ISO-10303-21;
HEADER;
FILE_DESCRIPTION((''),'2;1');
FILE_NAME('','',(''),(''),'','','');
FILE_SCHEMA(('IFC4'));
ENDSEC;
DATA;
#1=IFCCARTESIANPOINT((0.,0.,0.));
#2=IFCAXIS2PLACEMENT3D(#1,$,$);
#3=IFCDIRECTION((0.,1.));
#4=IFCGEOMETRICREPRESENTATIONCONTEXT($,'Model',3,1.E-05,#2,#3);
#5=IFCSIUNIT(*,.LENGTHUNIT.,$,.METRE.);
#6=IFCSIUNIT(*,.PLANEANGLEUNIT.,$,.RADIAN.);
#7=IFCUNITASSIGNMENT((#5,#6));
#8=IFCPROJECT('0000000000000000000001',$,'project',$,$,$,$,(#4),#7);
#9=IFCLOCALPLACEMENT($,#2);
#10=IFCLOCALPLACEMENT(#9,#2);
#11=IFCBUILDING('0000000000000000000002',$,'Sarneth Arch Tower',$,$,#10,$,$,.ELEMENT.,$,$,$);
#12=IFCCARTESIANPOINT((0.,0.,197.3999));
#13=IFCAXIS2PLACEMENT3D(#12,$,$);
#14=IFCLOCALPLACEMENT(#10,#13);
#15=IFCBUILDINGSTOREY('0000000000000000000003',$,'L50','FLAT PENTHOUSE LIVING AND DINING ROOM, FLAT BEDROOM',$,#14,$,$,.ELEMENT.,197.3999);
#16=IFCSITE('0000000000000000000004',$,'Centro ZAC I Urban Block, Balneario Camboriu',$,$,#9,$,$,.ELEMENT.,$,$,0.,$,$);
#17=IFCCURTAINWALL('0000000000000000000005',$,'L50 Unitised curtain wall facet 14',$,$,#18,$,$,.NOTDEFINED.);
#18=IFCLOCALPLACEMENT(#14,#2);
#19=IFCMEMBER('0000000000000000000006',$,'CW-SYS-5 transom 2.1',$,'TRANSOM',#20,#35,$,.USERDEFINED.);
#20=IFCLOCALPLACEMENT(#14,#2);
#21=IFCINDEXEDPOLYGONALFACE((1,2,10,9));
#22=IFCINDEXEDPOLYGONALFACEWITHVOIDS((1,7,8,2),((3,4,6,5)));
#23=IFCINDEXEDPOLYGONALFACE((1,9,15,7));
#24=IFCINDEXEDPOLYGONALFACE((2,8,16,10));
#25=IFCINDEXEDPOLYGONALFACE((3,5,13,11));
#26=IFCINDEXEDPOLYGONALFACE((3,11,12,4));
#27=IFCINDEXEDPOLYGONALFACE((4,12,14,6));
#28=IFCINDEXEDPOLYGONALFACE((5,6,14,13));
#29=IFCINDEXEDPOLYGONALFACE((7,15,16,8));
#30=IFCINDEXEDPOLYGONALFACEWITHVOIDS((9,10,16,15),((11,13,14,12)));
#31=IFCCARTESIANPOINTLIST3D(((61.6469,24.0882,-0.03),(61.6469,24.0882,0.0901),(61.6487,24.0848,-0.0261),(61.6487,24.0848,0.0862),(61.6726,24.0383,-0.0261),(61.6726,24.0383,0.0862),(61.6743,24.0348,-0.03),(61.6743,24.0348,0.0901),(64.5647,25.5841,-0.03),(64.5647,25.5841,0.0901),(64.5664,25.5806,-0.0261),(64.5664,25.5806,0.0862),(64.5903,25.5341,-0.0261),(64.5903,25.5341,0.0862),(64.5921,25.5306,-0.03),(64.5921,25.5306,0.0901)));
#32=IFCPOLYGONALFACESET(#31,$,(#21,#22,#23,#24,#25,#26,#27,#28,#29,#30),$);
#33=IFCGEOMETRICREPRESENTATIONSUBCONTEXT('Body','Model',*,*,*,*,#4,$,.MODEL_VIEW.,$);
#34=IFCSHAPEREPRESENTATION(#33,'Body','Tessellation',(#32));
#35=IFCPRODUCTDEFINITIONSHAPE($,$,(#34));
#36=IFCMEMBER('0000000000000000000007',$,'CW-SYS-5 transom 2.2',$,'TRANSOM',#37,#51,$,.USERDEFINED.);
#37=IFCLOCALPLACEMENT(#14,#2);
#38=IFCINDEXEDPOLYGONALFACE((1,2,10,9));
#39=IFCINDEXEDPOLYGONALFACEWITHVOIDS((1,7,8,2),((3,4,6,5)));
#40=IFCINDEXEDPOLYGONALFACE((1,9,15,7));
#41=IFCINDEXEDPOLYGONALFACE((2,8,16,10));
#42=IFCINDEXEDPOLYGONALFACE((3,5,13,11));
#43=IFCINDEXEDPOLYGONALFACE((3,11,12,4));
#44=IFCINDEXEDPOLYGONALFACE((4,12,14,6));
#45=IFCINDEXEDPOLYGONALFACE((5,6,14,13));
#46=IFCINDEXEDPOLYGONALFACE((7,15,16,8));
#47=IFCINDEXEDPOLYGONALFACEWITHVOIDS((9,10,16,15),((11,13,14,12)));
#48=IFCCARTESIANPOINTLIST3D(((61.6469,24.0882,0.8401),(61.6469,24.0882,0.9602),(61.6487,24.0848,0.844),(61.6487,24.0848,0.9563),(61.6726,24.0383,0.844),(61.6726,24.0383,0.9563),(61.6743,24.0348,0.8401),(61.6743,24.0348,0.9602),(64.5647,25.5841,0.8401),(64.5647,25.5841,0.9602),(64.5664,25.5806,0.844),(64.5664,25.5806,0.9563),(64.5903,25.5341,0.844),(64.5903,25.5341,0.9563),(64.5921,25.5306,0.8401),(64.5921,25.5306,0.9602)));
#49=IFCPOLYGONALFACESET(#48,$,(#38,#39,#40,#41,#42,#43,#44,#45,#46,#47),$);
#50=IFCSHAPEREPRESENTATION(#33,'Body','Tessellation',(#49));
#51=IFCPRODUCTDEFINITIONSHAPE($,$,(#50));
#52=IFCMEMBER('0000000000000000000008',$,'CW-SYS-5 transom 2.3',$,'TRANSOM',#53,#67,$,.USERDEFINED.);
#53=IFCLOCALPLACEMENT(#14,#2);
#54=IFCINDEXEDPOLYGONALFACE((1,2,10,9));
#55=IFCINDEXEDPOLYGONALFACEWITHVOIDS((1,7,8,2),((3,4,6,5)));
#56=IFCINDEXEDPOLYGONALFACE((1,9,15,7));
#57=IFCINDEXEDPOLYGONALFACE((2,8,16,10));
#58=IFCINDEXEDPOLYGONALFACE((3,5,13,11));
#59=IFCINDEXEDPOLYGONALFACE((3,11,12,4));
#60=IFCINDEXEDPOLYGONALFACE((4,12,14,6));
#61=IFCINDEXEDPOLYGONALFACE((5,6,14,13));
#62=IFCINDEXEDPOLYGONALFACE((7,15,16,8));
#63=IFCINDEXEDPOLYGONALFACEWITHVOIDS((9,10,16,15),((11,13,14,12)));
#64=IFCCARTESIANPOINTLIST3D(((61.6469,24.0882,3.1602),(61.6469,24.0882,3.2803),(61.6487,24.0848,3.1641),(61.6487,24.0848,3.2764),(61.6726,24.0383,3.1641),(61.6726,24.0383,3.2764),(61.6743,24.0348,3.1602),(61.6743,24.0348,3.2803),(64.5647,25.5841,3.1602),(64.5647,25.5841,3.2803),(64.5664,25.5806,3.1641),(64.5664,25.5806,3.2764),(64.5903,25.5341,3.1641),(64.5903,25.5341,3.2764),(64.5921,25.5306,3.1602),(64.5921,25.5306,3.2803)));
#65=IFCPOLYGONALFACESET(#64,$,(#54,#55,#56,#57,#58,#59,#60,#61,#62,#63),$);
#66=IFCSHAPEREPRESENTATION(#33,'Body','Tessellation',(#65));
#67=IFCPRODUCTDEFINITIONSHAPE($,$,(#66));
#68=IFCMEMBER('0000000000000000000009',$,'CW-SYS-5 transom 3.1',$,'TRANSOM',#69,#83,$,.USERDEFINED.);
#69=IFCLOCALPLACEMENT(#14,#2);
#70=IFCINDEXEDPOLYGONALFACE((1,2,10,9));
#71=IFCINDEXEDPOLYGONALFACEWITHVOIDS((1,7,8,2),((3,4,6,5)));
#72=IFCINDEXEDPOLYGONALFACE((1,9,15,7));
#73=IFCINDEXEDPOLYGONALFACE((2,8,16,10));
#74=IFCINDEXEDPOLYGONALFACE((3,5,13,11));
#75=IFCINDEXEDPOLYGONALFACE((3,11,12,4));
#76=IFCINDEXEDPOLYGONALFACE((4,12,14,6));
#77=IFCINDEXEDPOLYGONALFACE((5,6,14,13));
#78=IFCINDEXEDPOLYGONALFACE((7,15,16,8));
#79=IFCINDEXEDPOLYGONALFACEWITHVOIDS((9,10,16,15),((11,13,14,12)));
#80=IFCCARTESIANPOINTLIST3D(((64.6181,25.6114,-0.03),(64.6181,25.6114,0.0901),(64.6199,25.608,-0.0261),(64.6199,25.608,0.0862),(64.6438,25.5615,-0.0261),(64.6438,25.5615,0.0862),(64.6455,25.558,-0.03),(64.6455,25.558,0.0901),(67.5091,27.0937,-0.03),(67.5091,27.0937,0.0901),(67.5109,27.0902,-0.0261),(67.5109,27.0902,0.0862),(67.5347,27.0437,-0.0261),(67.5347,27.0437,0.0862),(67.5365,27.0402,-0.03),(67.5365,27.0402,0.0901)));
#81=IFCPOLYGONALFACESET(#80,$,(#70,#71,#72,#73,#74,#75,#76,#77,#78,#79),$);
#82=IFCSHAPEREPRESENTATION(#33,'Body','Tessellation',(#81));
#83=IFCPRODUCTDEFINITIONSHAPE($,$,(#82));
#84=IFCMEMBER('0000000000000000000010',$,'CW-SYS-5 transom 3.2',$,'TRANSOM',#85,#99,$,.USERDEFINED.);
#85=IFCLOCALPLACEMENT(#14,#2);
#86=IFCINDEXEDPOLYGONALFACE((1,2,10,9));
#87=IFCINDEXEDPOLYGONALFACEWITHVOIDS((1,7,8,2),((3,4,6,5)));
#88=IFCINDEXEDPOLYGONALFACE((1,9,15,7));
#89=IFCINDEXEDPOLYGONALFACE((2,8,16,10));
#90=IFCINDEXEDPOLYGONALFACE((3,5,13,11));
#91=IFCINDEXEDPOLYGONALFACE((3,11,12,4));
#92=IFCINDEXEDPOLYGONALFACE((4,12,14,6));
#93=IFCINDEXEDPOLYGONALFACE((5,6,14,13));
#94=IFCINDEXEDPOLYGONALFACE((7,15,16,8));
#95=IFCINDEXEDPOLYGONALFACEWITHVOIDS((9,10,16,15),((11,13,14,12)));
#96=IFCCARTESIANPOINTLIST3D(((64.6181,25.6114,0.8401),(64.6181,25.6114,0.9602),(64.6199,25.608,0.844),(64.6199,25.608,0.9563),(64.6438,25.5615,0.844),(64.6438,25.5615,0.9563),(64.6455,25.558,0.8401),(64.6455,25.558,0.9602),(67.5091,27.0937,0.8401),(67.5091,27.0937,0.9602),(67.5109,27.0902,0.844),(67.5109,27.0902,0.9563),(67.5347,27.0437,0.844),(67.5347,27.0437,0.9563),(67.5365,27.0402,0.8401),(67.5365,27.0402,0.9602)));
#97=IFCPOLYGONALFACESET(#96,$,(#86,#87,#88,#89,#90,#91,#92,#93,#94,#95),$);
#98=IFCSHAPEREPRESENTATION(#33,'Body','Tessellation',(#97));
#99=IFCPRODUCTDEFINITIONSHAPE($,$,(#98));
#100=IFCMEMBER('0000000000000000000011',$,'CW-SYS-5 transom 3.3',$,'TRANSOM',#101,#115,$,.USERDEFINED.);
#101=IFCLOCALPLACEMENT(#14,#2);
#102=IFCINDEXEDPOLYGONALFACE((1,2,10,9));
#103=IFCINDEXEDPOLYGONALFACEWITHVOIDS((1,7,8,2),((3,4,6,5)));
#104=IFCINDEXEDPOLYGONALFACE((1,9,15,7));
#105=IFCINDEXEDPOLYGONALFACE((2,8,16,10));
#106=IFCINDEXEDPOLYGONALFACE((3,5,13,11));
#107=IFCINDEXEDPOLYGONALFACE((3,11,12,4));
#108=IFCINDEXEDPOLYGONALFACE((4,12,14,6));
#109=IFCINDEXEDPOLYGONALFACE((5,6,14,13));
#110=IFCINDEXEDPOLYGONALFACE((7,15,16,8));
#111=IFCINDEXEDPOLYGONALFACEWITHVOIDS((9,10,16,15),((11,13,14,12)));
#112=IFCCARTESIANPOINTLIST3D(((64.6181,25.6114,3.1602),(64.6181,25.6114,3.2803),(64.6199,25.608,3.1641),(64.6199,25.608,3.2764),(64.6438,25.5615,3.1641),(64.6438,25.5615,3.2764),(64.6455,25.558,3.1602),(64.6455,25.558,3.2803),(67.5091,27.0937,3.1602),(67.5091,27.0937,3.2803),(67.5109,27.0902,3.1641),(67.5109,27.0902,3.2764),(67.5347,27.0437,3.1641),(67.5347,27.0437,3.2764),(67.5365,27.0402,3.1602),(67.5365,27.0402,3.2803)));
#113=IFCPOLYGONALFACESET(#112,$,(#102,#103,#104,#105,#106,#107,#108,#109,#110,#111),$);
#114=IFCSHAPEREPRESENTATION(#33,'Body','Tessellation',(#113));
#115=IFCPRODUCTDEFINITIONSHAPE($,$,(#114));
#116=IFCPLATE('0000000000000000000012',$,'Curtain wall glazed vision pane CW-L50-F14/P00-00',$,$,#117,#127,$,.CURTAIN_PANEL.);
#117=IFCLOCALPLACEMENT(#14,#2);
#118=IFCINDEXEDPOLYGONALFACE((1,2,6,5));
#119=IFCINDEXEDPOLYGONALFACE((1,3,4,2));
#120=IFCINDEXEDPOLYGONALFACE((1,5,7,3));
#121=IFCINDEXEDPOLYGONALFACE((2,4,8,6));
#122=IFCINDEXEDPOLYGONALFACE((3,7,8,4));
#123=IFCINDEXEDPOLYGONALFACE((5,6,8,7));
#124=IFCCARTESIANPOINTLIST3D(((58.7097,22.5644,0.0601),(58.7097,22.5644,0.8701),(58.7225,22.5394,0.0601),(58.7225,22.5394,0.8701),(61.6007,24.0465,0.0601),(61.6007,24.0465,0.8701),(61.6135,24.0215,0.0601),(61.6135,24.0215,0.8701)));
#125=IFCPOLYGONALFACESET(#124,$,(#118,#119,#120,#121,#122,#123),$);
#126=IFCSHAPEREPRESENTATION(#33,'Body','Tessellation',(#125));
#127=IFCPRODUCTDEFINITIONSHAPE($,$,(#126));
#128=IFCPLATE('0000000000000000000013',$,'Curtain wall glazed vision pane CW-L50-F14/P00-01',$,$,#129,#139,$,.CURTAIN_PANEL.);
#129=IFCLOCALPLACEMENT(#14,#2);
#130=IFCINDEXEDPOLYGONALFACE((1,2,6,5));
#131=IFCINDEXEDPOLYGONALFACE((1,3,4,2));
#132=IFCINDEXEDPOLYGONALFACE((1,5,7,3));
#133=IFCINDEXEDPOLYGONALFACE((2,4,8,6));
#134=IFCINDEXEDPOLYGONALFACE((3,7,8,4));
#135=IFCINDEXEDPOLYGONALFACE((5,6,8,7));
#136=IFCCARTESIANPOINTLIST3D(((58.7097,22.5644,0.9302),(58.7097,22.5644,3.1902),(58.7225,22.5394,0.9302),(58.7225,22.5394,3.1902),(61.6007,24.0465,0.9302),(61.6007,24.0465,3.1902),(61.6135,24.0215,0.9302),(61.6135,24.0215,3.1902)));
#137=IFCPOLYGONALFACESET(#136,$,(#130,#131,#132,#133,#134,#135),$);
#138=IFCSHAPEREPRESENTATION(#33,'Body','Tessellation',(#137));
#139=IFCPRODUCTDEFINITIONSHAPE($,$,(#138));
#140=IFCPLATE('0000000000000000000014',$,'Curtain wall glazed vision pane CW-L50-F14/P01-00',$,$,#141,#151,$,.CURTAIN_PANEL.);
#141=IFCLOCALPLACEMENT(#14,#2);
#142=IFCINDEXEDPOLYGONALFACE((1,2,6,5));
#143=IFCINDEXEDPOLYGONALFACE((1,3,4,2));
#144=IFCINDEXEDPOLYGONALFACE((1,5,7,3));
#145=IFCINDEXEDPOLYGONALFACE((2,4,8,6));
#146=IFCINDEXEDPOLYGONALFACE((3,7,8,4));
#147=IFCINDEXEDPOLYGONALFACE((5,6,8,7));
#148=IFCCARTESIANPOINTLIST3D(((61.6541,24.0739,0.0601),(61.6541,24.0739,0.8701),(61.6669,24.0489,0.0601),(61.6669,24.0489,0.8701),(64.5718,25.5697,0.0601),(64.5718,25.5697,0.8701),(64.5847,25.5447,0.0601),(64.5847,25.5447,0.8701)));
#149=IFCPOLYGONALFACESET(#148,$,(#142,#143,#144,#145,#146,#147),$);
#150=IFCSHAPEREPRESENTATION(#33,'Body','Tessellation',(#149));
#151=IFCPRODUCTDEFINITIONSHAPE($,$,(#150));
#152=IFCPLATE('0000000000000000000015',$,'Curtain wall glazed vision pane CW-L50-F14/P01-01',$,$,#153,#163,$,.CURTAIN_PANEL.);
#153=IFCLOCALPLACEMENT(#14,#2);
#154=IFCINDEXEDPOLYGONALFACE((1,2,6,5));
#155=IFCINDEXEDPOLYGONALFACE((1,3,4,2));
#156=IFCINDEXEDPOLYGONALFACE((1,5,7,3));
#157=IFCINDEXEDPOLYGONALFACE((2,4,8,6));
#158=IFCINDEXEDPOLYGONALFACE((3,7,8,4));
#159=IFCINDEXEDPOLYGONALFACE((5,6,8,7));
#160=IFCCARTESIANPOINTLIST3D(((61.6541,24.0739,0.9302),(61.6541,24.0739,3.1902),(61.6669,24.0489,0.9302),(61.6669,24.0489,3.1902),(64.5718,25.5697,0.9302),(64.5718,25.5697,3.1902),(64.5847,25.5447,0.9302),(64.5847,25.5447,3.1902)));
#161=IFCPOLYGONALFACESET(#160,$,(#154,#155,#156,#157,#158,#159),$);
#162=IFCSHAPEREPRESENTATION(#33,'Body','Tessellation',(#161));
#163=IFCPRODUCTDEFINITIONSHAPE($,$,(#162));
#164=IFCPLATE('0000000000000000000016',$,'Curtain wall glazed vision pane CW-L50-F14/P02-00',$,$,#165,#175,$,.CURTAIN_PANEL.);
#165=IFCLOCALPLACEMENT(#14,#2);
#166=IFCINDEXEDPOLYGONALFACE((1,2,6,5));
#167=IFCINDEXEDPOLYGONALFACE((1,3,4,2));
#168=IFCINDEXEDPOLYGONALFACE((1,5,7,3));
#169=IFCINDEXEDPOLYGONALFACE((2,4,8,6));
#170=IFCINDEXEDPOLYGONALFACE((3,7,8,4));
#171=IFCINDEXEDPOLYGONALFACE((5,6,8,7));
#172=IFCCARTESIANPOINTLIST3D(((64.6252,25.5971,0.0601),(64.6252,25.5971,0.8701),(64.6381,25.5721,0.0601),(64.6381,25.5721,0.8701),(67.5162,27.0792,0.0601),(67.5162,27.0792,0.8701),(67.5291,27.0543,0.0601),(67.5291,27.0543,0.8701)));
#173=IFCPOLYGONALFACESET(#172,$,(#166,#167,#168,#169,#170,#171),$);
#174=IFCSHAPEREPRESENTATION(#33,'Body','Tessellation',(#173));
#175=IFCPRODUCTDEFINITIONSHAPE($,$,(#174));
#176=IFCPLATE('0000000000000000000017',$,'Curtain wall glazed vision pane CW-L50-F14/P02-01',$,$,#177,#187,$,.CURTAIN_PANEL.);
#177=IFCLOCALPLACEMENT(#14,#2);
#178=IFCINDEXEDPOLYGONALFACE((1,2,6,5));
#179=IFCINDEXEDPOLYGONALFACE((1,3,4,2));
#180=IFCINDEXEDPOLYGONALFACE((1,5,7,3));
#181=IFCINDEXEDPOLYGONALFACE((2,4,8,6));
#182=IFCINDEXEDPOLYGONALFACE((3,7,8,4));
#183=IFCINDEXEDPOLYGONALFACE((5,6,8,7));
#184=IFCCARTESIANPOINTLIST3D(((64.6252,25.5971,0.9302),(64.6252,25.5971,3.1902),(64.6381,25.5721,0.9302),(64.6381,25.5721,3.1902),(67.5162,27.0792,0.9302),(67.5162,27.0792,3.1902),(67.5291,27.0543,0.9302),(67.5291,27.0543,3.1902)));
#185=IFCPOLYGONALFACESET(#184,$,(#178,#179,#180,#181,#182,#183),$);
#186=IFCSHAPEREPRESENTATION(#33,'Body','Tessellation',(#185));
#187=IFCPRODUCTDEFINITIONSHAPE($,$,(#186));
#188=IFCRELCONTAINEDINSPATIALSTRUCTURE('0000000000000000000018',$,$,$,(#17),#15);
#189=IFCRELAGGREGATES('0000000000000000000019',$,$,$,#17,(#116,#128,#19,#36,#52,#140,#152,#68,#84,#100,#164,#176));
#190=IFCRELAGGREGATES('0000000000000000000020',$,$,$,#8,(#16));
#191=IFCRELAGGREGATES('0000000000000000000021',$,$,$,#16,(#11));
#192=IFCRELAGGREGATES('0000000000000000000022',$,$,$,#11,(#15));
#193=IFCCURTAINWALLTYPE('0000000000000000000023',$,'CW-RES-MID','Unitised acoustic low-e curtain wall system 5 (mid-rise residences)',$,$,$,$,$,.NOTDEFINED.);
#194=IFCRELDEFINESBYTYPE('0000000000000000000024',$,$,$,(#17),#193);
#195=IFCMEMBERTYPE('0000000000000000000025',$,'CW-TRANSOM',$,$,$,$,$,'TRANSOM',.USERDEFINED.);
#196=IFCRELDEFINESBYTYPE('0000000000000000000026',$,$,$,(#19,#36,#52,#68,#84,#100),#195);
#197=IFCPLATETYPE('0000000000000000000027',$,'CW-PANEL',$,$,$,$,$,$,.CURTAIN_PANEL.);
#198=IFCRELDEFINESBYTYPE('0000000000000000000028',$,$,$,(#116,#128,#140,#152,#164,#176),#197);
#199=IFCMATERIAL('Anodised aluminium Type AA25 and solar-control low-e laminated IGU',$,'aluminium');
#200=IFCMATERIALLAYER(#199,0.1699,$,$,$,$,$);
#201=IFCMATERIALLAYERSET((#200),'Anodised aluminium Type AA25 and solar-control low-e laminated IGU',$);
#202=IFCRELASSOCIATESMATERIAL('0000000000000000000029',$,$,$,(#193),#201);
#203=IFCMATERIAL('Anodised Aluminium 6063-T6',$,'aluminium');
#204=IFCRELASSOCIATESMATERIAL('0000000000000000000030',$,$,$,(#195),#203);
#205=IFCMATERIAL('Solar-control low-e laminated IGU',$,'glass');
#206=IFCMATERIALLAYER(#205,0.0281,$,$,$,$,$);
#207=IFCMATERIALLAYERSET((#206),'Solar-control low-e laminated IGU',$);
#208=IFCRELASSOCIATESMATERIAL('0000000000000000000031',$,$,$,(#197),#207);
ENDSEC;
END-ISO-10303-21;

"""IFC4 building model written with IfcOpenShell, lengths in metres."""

from ifc_helpers import new_model, si_unit, direction, frame, origin, origin_2d, place, context, subcontext, project, spatial, rectangle, hollow_rectangle, extrude, material, layer, layer_set, material_profile, profile_set, type_object, element, aggregate, save


model = new_model("IFC4")

# Units and contexts
model_context = context("Model", 3, precision=1e-05, world=origin(), true_north=direction((0.0, 1.0)))
body_context = subcontext(model_context, "Body", "Model", "MODEL_VIEW")
ifc_project = project(units=[si_unit("LENGTHUNIT", "METRE"), si_unit("PLANEANGLEUNIT", "RADIAN")], contexts=[model_context])

# Site, building, storey
site_placement = place(None, origin())
site = spatial("IfcSite", under=ifc_project, at=site_placement, Name="Centro ZAC I Urban Block, Balneario Camboriu", CompositionType="ELEMENT", RefElevation=0.0)
building_placement = place(site_placement, origin())
building = spatial("IfcBuilding", under=site, at=building_placement, Name="Sarneth Arch Tower", CompositionType="ELEMENT")
storey_placement = place(building_placement, frame((0.0, 0.0, 197.3999)))
storey = spatial("IfcBuildingStorey", under=building, at=storey_placement, Name="L50", Description="FLAT PENTHOUSE LIVING AND DINING ROOM, FLAT BEDROOM", CompositionType="ELEMENT", Elevation=197.3999)

# Curtain wall, members, plates
ifc_material_1 = material(Name="Anodised aluminium Type AA25 and solar-control low-e laminated IGU", Category="aluminium")
ifc_layer_1 = layer(ifc_material_1, 0.1699)
ifc_layer_set_1 = layer_set([ifc_layer_1], Name="Anodised aluminium Type AA25 and solar-control low-e laminated IGU")
curtain_wall_type = type_object("IfcCurtainWallType", Name="CW-RES-MID", Description="Unitised acoustic low-e curtain wall system 5 (mid-rise residences)", PredefinedType="NOTDEFINED", material=ifc_layer_set_1)
curtain_wall_placement = place(storey_placement, origin())
curtain_wall = element("IfcCurtainWall", 1, at=curtain_wall_placement, inside=storey, type_object=curtain_wall_type, Name="L50 Unitised curtain wall facet 14", PredefinedType="NOTDEFINED")
ifc_material_2 = material(Name="Anodised Aluminium 6063-T6", Category="aluminium")
ifc_material_profile_1 = material_profile(ifc_material_2, hollow_rectangle(XDim=0.0601, YDim=0.1201, WallThickness=0.0039, at=origin_2d()), Name="AL-TRAN-120x60x4")
ifc_profile_set_1 = profile_set([ifc_material_profile_1], Name="Anodised Aluminium 6063-T6")
member_type_1 = type_object("IfcMemberType", Name="CW-TRANSOM", ElementType="TRANSOM", PredefinedType="USERDEFINED", material=ifc_profile_set_1)
member_1_placement = place(storey_placement, frame((61.6606, 24.0615, 0.03), z_axis=(0.889869, 0.456215, 0.0), x_axis=(-0.456215, 0.889869, 0.0)))
member_1 = element("IfcMember", 2, at=member_1_placement, type_object=member_type_1, Name="CW-SYS-5 transom 2.1", ObjectType="TRANSOM", PredefinedType="USERDEFINED", context=body_context, shape_type="SweptSolid", body=[
    extrude(hollow_rectangle(XDim=0.0601, YDim=0.1201, WallThickness=0.0039, at=origin_2d()), origin(), (0.0, 0.0, 1.0), 3.2788),
])
member_2_placement = place(storey_placement, frame((61.6606, 24.0615, 0.9001), z_axis=(0.889869, 0.456215, 0.0), x_axis=(-0.456215, 0.889869, 0.0)))
member_2 = element("IfcMember", 3, at=member_2_placement, type_object=member_type_1, Name="CW-SYS-5 transom 2.2", ObjectType="TRANSOM", PredefinedType="USERDEFINED", context=body_context, shape_type="SweptSolid", body=[
    extrude(hollow_rectangle(XDim=0.0601, YDim=0.1201, WallThickness=0.0039, at=origin_2d()), origin(), (0.0, 0.0, 1.0), 3.2788),
])
member_3_placement = place(storey_placement, frame((61.6606, 24.0615, 3.2202), z_axis=(0.889869, 0.456215, 0.0), x_axis=(-0.456215, 0.889869, 0.0)))
member_3 = element("IfcMember", 4, at=member_3_placement, type_object=member_type_1, Name="CW-SYS-5 transom 2.3", ObjectType="TRANSOM", PredefinedType="USERDEFINED", context=body_context, shape_type="SweptSolid", body=[
    extrude(hollow_rectangle(XDim=0.0601, YDim=0.1201, WallThickness=0.0039, at=origin_2d()), origin(), (0.0, 0.0, 1.0), 3.2788),
])
member_4_placement = place(storey_placement, frame((64.6318, 25.5847, 0.03), z_axis=(0.889857, 0.456239, 0.0), x_axis=(-0.456239, 0.889857, 0.0)))
member_4 = element("IfcMember", 5, at=member_4_placement, type_object=member_type_1, Name="CW-SYS-5 transom 3.1", ObjectType="TRANSOM", PredefinedType="USERDEFINED", context=body_context, shape_type="SweptSolid", body=[
    extrude(hollow_rectangle(XDim=0.0601, YDim=0.1201, WallThickness=0.0039, at=origin_2d()), origin(), (0.0, 0.0, 1.0), 3.2488),
])
member_5_placement = place(storey_placement, frame((64.6318, 25.5847, 0.9001), z_axis=(0.889857, 0.456239, 0.0), x_axis=(-0.456239, 0.889857, 0.0)))
member_5 = element("IfcMember", 6, at=member_5_placement, type_object=member_type_1, Name="CW-SYS-5 transom 3.2", ObjectType="TRANSOM", PredefinedType="USERDEFINED", context=body_context, shape_type="SweptSolid", body=[
    extrude(hollow_rectangle(XDim=0.0601, YDim=0.1201, WallThickness=0.0039, at=origin_2d()), origin(), (0.0, 0.0, 1.0), 3.2488),
])
member_6_placement = place(storey_placement, frame((64.6318, 25.5847, 3.2202), z_axis=(0.889857, 0.456239, 0.0), x_axis=(-0.456239, 0.889857, 0.0)))
member_6 = element("IfcMember", 7, at=member_6_placement, type_object=member_type_1, Name="CW-SYS-5 transom 3.3", ObjectType="TRANSOM", PredefinedType="USERDEFINED", context=body_context, shape_type="SweptSolid", body=[
    extrude(hollow_rectangle(XDim=0.0601, YDim=0.1201, WallThickness=0.0039, at=origin_2d()), origin(), (0.0, 0.0, 1.0), 3.2488),
])
ifc_material_3 = material(Name="Solar-control low-e laminated IGU", Category="glass")
ifc_layer_2 = layer(ifc_material_3, 0.0281)
ifc_layer_set_2 = layer_set([ifc_layer_2], Name="Solar-control low-e laminated IGU")
plate_type_1 = type_object("IfcPlateType", Name="CW-PANEL", PredefinedType="CURTAIN_PANEL", material=ifc_layer_set_2)
plate_1_placement = place(storey_placement, frame((60.1616, 23.293, 0.0601), z_axis=(0.0, 0.0, 1.0), x_axis=(0.889873, 0.456208, 0.0)))
plate_1 = element("IfcPlate", 8, at=plate_1_placement, type_object=plate_type_1, Name="Curtain wall glazed vision pane CW-L50-F14/P00-00", PredefinedType="CURTAIN_PANEL", context=body_context, shape_type="SweptSolid", body=[
    extrude(rectangle(XDim=3.2488, YDim=0.0281, at=origin_2d()), origin(), (0.0, 0.0, 1.0), 0.8101),
])
plate_2_placement = place(storey_placement, frame((60.1616, 23.293, 0.9302), z_axis=(0.0, 0.0, 1.0), x_axis=(0.889873, 0.456208, 0.0)))
plate_2 = element("IfcPlate", 9, at=plate_2_placement, type_object=plate_type_1, Name="Curtain wall glazed vision pane CW-L50-F14/P00-01", PredefinedType="CURTAIN_PANEL", context=body_context, shape_type="SweptSolid", body=[
    extrude(rectangle(XDim=3.2488, YDim=0.0281, at=origin_2d()), origin(), (0.0, 0.0, 1.0), 2.26),
])
plate_3_placement = place(storey_placement, frame((63.1194, 24.8093, 0.0601), z_axis=(0.0, 0.0, 1.0), x_axis=(0.889873, 0.456208, 0.0)))
plate_3 = element("IfcPlate", 10, at=plate_3_placement, type_object=plate_type_1, Name="Curtain wall glazed vision pane CW-L50-F14/P01-00", PredefinedType="CURTAIN_PANEL", context=body_context, shape_type="SweptSolid", body=[
    extrude(rectangle(XDim=3.2788, YDim=0.0281, at=origin_2d()), origin(), (0.0, 0.0, 1.0), 0.8101),
])
plate_4_placement = place(storey_placement, frame((63.1194, 24.8093, 0.9302), z_axis=(0.0, 0.0, 1.0), x_axis=(0.889873, 0.456208, 0.0)))
plate_4 = element("IfcPlate", 11, at=plate_4_placement, type_object=plate_type_1, Name="Curtain wall glazed vision pane CW-L50-F14/P01-01", PredefinedType="CURTAIN_PANEL", context=body_context, shape_type="SweptSolid", body=[
    extrude(rectangle(XDim=3.2788, YDim=0.0281, at=origin_2d()), origin(), (0.0, 0.0, 1.0), 2.26),
])
plate_5_placement = place(storey_placement, frame((66.0771, 26.3257, 0.0601), z_axis=(0.0, 0.0, 1.0), x_axis=(0.889873, 0.456208, 0.0)))
plate_5 = element("IfcPlate", 12, at=plate_5_placement, type_object=plate_type_1, Name="Curtain wall glazed vision pane CW-L50-F14/P02-00", PredefinedType="CURTAIN_PANEL", context=body_context, shape_type="SweptSolid", body=[
    extrude(rectangle(XDim=3.2488, YDim=0.0281, at=origin_2d()), origin(), (0.0, 0.0, 1.0), 0.8101),
])
plate_6_placement = place(storey_placement, frame((66.0771, 26.3257, 0.9302), z_axis=(0.0, 0.0, 1.0), x_axis=(0.889873, 0.456208, 0.0)))
plate_6 = element("IfcPlate", 13, at=plate_6_placement, type_object=plate_type_1, Name="Curtain wall glazed vision pane CW-L50-F14/P02-01", PredefinedType="CURTAIN_PANEL", context=body_context, shape_type="SweptSolid", body=[
    extrude(rectangle(XDim=3.2488, YDim=0.0281, at=origin_2d()), origin(), (0.0, 0.0, 1.0), 2.26),
])
aggregate(curtain_wall, [plate_1, plate_2, member_1, member_2, member_3, plate_3, plate_4, member_4, member_5, member_6, plate_5, plate_6])

save(model, "model.ifc")
